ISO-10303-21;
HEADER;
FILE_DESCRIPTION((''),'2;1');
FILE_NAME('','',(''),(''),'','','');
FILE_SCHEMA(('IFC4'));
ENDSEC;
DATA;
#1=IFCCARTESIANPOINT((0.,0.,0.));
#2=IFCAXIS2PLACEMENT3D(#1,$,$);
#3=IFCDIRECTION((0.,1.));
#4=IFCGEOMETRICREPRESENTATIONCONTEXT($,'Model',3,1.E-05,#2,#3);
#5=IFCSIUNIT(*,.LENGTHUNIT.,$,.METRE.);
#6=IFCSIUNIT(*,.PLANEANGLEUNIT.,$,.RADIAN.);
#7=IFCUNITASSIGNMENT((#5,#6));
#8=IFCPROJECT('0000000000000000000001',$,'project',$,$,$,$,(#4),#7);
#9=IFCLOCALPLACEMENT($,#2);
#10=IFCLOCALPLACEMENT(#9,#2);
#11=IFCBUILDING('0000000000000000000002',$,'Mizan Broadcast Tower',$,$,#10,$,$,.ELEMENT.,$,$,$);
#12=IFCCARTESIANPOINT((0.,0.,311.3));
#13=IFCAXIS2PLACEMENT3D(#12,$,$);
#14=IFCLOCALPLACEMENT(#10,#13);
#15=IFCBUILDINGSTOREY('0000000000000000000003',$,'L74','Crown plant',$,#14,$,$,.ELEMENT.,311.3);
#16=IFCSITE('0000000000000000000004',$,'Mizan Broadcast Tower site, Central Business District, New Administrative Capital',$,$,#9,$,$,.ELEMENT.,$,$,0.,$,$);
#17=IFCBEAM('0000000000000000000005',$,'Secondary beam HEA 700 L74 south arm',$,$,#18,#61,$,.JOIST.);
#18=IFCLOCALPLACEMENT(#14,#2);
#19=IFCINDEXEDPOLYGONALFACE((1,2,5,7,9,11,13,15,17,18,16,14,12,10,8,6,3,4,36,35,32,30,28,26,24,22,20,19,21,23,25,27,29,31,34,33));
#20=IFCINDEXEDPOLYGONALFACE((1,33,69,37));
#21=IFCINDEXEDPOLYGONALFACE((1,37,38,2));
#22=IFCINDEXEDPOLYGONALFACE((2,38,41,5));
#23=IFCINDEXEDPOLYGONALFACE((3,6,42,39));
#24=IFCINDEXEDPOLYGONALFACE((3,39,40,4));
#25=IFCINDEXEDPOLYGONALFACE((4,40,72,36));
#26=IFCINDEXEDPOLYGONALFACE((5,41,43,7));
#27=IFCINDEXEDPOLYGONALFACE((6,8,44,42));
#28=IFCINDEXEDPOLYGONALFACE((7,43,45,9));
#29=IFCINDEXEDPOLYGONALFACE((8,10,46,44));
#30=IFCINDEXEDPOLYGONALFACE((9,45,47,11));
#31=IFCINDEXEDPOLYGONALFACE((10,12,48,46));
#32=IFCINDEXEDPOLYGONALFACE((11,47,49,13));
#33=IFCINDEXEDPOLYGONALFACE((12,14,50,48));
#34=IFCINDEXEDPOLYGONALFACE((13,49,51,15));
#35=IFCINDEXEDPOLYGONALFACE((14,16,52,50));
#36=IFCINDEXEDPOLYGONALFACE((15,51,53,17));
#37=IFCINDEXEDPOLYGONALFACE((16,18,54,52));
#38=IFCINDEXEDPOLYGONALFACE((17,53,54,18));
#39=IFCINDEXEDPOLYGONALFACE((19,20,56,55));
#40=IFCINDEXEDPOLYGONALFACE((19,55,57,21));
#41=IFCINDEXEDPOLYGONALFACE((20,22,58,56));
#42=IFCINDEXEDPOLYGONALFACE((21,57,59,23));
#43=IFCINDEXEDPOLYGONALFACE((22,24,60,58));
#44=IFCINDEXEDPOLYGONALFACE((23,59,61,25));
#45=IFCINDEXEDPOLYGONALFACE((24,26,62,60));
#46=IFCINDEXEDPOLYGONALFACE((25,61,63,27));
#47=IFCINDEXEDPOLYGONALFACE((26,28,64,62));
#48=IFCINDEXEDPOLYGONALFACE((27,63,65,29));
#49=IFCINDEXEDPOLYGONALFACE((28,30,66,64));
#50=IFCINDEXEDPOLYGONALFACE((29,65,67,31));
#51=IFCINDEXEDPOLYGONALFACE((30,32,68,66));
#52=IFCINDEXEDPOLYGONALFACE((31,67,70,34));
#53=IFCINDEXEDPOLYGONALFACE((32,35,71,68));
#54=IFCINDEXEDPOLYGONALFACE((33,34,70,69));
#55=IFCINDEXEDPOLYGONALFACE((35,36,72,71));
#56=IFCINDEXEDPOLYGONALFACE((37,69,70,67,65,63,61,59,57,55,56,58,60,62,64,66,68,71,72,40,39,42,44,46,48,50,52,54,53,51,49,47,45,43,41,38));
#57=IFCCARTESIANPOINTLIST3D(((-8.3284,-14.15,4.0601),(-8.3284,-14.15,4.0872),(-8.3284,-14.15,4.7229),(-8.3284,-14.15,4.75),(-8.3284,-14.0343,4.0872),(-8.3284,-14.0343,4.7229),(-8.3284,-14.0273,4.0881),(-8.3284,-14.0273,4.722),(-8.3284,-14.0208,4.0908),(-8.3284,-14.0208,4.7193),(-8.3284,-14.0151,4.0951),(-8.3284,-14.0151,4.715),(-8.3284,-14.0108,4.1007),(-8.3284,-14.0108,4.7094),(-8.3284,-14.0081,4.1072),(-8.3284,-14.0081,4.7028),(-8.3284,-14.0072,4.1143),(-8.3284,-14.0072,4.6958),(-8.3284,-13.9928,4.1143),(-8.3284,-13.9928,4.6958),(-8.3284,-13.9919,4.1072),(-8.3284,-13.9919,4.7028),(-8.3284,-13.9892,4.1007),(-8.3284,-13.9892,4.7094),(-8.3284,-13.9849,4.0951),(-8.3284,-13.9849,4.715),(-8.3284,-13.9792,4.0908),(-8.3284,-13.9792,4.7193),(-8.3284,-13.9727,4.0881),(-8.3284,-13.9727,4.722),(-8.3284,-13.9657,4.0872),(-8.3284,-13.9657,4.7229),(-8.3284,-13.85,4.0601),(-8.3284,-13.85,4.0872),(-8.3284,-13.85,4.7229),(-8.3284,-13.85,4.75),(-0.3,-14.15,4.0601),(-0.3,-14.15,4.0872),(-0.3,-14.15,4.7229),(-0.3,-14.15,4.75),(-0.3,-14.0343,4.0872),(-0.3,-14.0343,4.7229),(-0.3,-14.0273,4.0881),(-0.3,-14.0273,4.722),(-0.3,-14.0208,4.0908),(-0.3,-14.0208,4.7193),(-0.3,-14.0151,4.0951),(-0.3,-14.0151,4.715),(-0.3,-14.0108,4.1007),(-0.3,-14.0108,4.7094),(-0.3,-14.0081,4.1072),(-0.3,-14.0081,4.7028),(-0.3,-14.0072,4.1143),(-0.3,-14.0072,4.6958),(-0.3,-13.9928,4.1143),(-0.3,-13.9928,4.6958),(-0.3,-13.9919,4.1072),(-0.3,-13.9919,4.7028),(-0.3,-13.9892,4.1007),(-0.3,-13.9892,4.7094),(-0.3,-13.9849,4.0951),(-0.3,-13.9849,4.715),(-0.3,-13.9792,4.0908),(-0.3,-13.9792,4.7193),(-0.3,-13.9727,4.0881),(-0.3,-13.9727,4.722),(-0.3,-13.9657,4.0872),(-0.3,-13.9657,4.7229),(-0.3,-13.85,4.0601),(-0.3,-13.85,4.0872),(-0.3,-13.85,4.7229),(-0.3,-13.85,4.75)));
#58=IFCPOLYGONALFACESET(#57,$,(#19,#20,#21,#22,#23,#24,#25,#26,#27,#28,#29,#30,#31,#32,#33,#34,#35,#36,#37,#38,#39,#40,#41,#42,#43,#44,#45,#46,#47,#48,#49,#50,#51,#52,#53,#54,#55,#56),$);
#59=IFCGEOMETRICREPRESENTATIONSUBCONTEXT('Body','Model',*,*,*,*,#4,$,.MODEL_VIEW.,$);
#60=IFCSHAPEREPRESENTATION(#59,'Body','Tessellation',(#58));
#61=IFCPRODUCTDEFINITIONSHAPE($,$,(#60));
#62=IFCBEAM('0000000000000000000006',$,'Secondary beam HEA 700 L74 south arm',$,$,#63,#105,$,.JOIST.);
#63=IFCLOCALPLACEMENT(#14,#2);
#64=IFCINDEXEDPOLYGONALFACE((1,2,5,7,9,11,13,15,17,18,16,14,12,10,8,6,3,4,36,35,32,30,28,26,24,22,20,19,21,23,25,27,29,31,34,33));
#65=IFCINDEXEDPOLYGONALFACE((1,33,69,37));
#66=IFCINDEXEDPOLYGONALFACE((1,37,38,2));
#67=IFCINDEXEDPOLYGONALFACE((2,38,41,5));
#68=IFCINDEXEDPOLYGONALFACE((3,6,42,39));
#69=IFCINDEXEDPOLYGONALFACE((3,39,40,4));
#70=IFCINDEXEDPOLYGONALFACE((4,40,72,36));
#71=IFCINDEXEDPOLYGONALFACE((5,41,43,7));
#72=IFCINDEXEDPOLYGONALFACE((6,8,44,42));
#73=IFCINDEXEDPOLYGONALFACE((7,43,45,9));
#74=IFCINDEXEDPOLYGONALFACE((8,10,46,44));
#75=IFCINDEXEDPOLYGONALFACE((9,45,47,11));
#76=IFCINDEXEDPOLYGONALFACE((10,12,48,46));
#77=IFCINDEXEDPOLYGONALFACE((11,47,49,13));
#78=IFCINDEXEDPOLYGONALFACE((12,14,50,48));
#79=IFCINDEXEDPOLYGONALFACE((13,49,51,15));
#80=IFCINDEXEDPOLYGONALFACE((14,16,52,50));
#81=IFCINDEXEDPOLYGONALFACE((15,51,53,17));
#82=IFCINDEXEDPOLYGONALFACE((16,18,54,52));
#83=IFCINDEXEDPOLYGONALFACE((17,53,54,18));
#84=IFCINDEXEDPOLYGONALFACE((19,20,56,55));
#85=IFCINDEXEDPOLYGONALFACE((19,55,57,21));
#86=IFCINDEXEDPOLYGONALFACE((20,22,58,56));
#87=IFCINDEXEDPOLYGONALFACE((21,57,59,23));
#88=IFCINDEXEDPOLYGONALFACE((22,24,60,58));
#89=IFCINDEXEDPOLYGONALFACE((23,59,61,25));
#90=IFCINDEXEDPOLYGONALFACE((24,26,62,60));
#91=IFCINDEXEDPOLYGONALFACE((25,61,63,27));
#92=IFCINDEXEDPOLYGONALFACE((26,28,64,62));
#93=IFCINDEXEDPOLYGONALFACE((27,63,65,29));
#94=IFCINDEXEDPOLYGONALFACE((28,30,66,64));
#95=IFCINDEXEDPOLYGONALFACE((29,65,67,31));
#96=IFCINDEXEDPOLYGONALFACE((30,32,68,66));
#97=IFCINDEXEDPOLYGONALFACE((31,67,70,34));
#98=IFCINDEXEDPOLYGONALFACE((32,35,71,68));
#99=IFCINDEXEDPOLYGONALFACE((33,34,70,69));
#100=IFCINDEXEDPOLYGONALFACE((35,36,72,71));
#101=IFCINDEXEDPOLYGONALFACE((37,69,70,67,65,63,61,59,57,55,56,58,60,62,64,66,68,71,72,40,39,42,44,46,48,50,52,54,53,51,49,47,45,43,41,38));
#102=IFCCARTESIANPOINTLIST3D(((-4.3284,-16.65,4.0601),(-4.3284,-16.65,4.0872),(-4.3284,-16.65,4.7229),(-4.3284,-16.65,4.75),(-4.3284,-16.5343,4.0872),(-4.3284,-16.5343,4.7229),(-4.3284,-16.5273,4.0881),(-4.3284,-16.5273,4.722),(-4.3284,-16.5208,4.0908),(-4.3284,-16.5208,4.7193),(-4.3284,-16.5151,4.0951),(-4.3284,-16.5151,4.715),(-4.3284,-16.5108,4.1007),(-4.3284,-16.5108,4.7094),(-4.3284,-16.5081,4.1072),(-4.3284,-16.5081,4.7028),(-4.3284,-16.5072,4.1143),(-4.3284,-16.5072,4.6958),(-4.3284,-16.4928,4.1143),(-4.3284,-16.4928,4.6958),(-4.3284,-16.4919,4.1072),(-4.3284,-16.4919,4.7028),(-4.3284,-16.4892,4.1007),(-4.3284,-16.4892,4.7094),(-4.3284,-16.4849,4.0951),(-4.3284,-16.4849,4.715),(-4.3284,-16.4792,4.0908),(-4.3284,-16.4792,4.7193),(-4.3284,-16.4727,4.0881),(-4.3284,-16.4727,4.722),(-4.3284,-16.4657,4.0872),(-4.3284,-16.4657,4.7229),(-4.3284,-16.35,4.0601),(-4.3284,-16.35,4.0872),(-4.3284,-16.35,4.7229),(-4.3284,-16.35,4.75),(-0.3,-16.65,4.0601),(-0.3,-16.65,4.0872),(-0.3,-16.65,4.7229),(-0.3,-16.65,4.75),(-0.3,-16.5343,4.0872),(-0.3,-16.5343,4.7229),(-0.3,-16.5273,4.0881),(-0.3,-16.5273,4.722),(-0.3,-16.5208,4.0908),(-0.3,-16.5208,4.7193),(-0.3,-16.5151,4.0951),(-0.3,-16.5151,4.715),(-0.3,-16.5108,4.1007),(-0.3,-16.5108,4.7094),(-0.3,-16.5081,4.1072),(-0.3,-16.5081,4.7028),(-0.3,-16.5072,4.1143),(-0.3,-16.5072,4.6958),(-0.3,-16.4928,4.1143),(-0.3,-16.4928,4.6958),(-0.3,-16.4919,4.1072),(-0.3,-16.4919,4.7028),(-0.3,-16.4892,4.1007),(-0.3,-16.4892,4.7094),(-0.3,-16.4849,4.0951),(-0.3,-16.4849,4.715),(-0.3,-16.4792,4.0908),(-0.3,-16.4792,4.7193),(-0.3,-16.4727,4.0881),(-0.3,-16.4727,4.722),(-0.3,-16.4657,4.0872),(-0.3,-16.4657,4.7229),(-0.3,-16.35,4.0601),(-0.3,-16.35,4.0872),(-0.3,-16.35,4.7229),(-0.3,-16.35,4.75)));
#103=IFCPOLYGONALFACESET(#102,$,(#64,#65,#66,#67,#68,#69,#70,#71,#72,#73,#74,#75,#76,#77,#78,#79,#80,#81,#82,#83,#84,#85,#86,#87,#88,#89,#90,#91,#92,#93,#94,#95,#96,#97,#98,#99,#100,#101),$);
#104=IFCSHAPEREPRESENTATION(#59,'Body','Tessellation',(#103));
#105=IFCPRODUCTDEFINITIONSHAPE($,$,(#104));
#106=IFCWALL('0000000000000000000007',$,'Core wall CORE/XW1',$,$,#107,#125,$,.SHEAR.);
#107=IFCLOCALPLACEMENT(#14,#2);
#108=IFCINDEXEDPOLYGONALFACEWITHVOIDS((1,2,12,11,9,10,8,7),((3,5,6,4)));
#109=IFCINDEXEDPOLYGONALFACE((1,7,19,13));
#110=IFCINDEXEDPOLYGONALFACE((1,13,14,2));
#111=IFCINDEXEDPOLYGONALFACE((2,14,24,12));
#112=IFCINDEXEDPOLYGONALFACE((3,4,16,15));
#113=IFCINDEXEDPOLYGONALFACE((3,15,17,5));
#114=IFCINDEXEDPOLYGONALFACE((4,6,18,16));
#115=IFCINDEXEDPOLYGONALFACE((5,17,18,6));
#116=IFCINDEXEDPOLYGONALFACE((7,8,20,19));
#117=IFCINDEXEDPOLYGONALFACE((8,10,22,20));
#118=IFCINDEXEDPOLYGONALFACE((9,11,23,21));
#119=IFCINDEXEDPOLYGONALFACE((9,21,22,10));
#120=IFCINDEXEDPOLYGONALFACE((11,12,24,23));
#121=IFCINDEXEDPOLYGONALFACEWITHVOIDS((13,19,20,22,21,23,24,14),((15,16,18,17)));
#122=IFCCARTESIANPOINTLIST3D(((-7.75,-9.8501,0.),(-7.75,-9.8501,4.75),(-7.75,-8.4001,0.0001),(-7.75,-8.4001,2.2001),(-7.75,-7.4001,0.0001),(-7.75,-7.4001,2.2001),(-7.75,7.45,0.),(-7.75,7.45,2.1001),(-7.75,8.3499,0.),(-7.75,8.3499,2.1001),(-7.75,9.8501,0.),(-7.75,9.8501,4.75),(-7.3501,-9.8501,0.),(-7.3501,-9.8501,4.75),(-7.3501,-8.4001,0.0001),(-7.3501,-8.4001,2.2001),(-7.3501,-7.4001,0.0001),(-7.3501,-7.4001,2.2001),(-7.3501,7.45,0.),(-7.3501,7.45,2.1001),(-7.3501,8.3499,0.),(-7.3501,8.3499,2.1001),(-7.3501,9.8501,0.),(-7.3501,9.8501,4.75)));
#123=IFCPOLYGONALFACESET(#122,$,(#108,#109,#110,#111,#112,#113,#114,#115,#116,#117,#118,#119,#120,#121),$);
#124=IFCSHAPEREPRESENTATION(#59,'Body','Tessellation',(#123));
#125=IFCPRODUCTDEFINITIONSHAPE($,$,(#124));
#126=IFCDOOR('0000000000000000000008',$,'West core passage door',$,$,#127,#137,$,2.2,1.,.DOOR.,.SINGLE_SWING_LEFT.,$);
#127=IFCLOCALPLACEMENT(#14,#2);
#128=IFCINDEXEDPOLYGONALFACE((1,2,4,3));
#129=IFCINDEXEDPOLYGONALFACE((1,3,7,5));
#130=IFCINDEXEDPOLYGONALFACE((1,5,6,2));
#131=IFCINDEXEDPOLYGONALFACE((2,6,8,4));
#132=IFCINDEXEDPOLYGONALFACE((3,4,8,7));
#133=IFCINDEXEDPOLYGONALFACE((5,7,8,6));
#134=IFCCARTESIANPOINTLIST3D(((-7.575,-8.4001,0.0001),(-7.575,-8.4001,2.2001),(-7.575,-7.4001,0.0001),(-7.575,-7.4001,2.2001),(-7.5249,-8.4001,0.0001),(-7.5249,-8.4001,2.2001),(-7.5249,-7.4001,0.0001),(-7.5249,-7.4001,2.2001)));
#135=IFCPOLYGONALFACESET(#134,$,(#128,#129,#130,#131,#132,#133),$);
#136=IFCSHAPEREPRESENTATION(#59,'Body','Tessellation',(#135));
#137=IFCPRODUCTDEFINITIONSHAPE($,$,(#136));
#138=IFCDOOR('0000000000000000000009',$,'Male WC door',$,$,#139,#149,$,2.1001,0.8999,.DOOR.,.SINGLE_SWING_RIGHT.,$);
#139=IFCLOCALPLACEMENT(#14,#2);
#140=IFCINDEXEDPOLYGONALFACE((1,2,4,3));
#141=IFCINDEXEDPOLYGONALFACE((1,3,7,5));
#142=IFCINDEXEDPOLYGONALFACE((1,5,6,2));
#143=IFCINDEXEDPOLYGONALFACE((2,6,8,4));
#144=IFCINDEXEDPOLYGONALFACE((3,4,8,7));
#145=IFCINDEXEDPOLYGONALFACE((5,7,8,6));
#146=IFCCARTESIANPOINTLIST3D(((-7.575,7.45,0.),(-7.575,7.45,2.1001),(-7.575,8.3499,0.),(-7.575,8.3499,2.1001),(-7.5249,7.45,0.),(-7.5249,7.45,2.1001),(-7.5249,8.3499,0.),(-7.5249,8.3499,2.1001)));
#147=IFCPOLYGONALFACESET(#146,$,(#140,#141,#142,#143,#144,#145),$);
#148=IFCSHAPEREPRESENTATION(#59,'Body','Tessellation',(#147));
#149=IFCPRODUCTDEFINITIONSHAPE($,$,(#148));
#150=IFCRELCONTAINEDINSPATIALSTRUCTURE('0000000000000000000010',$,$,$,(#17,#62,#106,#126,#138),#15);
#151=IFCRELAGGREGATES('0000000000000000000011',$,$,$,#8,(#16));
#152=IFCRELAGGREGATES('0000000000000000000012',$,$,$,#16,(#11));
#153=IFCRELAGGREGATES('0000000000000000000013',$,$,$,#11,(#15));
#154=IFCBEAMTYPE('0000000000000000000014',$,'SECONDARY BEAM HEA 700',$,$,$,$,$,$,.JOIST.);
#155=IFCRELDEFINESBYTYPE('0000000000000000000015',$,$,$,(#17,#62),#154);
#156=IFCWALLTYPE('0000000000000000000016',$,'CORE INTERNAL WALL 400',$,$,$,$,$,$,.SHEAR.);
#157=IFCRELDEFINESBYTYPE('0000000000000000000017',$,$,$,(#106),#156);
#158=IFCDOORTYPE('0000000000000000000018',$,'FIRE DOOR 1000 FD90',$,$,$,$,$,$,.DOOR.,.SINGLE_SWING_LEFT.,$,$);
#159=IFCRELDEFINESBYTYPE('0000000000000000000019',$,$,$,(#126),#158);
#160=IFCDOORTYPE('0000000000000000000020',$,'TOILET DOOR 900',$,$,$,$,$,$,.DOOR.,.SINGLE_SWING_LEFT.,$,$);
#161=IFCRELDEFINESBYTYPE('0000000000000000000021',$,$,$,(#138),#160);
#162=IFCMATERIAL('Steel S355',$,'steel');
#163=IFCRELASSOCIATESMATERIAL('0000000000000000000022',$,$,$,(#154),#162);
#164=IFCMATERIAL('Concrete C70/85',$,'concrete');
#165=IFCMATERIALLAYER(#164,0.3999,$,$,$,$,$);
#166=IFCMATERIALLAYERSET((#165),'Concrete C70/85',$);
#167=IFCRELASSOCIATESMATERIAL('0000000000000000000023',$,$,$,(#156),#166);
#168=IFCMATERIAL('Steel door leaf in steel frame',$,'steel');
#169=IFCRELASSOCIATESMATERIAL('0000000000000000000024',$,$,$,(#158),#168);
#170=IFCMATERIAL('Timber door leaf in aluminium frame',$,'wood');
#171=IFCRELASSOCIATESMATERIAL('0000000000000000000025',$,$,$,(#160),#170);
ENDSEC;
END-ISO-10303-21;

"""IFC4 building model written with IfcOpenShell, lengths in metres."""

from ifc_helpers import new_model, si_unit, direction, frame, frame_2d, origin, origin_2d, place, context, subcontext, project, spatial, rectangle, i_section, extrude, material, layer, layer_set, material_profile, profile_set, type_object, element, fill, save


model = new_model("IFC4")

# Units and contexts
model_context = context("Model", 3, precision=1e-05, world=origin(), true_north=direction((0.0, 1.0)))
body_context = subcontext(model_context, "Body", "Model", "MODEL_VIEW")
ifc_project = project(units=[si_unit("LENGTHUNIT", "METRE"), si_unit("PLANEANGLEUNIT", "RADIAN")], contexts=[model_context])

# Site, building, storey
site_placement = place(None, origin())
site = spatial("IfcSite", under=ifc_project, at=site_placement, Name="Mizan Broadcast Tower site, Central Business District, New Administrative Capital", CompositionType="ELEMENT", RefElevation=0.0)
building_placement = place(site_placement, origin())
building = spatial("IfcBuilding", under=site, at=building_placement, Name="Mizan Broadcast Tower", CompositionType="ELEMENT")
storey_placement = place(building_placement, frame((0.0, 0.0, 311.3)))
storey = spatial("IfcBuildingStorey", under=building, at=storey_placement, Name="L74", Description="Crown plant", CompositionType="ELEMENT", Elevation=311.3)

# Beams
ifc_material_1 = material(Name="Steel S355", Category="steel")
ifc_material_profile_1 = material_profile(ifc_material_1, i_section(OverallWidth=0.3, OverallDepth=0.6899, WebThickness=0.0144, FlangeThickness=0.0271, FilletRadius=0.0271, at=origin_2d()), Name="HEA 700")
ifc_profile_set_1 = profile_set([ifc_material_profile_1], Name="Steel S355")
beam_type_1 = type_object("IfcBeamType", Name="SECONDARY BEAM HEA 700", PredefinedType="JOIST", material=ifc_profile_set_1)
beam_1_placement = place(storey_placement, frame((-8.3284, -14.0, 4.405), z_axis=(1.0, 0.0, 0.0), x_axis=(0.0, 1.0, 0.0)))
element("IfcBeam", 1, at=beam_1_placement, inside=storey, type_object=beam_type_1, Name="Secondary beam HEA 700 L74 south arm", PredefinedType="JOIST", context=body_context, shape_type="SweptSolid", body=[
    extrude(i_section(OverallWidth=0.3, OverallDepth=0.6899, WebThickness=0.0144, FlangeThickness=0.0271, FilletRadius=0.0271, at=origin_2d()), origin(), (0.0, 0.0, 1.0), 8.0283),
])
beam_2_placement = place(storey_placement, frame((-4.3284, -16.5, 4.405), z_axis=(1.0, 0.0, 0.0), x_axis=(0.0, 1.0, 0.0)))
element("IfcBeam", 2, at=beam_2_placement, inside=storey, type_object=beam_type_1, Name="Secondary beam HEA 700 L74 south arm", PredefinedType="JOIST", context=body_context, shape_type="SweptSolid", body=[
    extrude(i_section(OverallWidth=0.3, OverallDepth=0.6899, WebThickness=0.0144, FlangeThickness=0.0271, FilletRadius=0.0271, at=origin_2d()), origin(), (0.0, 0.0, 1.0), 4.0283),
])

# Wall, openings, doors
ifc_material_2 = material(Name="Concrete C70/85", Category="concrete")
ifc_layer_1 = layer(ifc_material_2, 0.3999)
ifc_layer_set_1 = layer_set([ifc_layer_1], Name="Concrete C70/85")
wall_type_1 = type_object("IfcWallType", Name="CORE INTERNAL WALL 400", PredefinedType="SHEAR", material=ifc_layer_set_1)
wall_1_placement = place(storey_placement, frame((-7.55, -9.8501, 0.0), z_axis=(0.0, 0.0, 1.0), x_axis=(0.0, 1.0, 0.0)))
wall_1 = element("IfcWall", 3, at=wall_1_placement, inside=storey, type_object=wall_type_1, Name="Core wall CORE/XW1", PredefinedType="SHEAR", context=body_context, shape_type="SweptSolid", body=[
    extrude(rectangle(XDim=19.7002, YDim=0.3999, at=frame_2d((9.8501, 0.0))), origin(), (0.0, 0.0, 1.0), 4.75),
])
opening_1_placement = place(wall_1_placement, frame((1.45, 0.0, 0.0)))
opening_1 = element("IfcOpeningElement", 4, at=opening_1_placement, cuts=wall_1, PredefinedType="OPENING", context=body_context, shape_type="SweptSolid", body=[
    extrude(rectangle(XDim=1.0, YDim=2.2, at=frame_2d((0.5, 1.1001))), frame((0.0, 0.21, 0.0), z_axis=(0.0, -1.0, 0.0), x_axis=(1.0, 0.0, 0.0)), (0.0, 0.0, 1.0), 0.4199),
])
opening_2_placement = place(wall_1_placement, frame((17.3, 0.0, 0.0)))
opening_2 = element("IfcOpeningElement", 5, at=opening_2_placement, cuts=wall_1, PredefinedType="OPENING", context=body_context, shape_type="SweptSolid", body=[
    extrude(rectangle(XDim=0.8999, YDim=2.1001, at=frame_2d((0.45, 1.05))), frame((0.0, 0.21, 0.0), z_axis=(0.0, -1.0, 0.0), x_axis=(1.0, 0.0, 0.0)), (0.0, 0.0, 1.0), 0.4199),
])
ifc_material_3 = material(Name="Steel door leaf in steel frame", Category="steel")
door_type_1 = type_object("IfcDoorType", Name="FIRE DOOR 1000 FD90", OperationType="SINGLE_SWING_LEFT", PredefinedType="DOOR", material=ifc_material_3)
door_1_placement = place(opening_1_placement, origin())
door_1 = element("IfcDoor", 6, at=door_1_placement, inside=storey, type_object=door_type_1, Name="West core passage door", OperationType="SINGLE_SWING_LEFT", OverallHeight=2.2, OverallWidth=1.0, PredefinedType="DOOR", context=body_context, shape_type="SweptSolid", body=[
    extrude(rectangle(XDim=1.0, YDim=2.2, at=frame_2d((0.5, 1.1001))), frame((0.0, 0.0249, 0.0), z_axis=(0.0, -1.0, 0.0), x_axis=(1.0, 0.0, 0.0)), (0.0, 0.0, 1.0), 0.05),
])
fill(opening_1, door_1)
ifc_material_4 = material(Name="Timber door leaf in aluminium frame", Category="wood")
door_type_2 = type_object("IfcDoorType", Name="TOILET DOOR 900", OperationType="SINGLE_SWING_LEFT", PredefinedType="DOOR", material=ifc_material_4)
door_2_placement = place(opening_2_placement, origin())
door_2 = element("IfcDoor", 7, at=door_2_placement, inside=storey, type_object=door_type_2, Name="Male WC door", OperationType="SINGLE_SWING_RIGHT", OverallHeight=2.1001, OverallWidth=0.8999, PredefinedType="DOOR", context=body_context, shape_type="SweptSolid", body=[
    extrude(rectangle(XDim=0.8999, YDim=2.1001, at=frame_2d((0.45, 1.05))), frame((0.0, 0.0249, 0.0), z_axis=(0.0, -1.0, 0.0), x_axis=(1.0, 0.0, 0.0)), (0.0, 0.0, 1.0), 0.05),
])
fill(opening_2, door_2)

save(model, "model.ifc")
